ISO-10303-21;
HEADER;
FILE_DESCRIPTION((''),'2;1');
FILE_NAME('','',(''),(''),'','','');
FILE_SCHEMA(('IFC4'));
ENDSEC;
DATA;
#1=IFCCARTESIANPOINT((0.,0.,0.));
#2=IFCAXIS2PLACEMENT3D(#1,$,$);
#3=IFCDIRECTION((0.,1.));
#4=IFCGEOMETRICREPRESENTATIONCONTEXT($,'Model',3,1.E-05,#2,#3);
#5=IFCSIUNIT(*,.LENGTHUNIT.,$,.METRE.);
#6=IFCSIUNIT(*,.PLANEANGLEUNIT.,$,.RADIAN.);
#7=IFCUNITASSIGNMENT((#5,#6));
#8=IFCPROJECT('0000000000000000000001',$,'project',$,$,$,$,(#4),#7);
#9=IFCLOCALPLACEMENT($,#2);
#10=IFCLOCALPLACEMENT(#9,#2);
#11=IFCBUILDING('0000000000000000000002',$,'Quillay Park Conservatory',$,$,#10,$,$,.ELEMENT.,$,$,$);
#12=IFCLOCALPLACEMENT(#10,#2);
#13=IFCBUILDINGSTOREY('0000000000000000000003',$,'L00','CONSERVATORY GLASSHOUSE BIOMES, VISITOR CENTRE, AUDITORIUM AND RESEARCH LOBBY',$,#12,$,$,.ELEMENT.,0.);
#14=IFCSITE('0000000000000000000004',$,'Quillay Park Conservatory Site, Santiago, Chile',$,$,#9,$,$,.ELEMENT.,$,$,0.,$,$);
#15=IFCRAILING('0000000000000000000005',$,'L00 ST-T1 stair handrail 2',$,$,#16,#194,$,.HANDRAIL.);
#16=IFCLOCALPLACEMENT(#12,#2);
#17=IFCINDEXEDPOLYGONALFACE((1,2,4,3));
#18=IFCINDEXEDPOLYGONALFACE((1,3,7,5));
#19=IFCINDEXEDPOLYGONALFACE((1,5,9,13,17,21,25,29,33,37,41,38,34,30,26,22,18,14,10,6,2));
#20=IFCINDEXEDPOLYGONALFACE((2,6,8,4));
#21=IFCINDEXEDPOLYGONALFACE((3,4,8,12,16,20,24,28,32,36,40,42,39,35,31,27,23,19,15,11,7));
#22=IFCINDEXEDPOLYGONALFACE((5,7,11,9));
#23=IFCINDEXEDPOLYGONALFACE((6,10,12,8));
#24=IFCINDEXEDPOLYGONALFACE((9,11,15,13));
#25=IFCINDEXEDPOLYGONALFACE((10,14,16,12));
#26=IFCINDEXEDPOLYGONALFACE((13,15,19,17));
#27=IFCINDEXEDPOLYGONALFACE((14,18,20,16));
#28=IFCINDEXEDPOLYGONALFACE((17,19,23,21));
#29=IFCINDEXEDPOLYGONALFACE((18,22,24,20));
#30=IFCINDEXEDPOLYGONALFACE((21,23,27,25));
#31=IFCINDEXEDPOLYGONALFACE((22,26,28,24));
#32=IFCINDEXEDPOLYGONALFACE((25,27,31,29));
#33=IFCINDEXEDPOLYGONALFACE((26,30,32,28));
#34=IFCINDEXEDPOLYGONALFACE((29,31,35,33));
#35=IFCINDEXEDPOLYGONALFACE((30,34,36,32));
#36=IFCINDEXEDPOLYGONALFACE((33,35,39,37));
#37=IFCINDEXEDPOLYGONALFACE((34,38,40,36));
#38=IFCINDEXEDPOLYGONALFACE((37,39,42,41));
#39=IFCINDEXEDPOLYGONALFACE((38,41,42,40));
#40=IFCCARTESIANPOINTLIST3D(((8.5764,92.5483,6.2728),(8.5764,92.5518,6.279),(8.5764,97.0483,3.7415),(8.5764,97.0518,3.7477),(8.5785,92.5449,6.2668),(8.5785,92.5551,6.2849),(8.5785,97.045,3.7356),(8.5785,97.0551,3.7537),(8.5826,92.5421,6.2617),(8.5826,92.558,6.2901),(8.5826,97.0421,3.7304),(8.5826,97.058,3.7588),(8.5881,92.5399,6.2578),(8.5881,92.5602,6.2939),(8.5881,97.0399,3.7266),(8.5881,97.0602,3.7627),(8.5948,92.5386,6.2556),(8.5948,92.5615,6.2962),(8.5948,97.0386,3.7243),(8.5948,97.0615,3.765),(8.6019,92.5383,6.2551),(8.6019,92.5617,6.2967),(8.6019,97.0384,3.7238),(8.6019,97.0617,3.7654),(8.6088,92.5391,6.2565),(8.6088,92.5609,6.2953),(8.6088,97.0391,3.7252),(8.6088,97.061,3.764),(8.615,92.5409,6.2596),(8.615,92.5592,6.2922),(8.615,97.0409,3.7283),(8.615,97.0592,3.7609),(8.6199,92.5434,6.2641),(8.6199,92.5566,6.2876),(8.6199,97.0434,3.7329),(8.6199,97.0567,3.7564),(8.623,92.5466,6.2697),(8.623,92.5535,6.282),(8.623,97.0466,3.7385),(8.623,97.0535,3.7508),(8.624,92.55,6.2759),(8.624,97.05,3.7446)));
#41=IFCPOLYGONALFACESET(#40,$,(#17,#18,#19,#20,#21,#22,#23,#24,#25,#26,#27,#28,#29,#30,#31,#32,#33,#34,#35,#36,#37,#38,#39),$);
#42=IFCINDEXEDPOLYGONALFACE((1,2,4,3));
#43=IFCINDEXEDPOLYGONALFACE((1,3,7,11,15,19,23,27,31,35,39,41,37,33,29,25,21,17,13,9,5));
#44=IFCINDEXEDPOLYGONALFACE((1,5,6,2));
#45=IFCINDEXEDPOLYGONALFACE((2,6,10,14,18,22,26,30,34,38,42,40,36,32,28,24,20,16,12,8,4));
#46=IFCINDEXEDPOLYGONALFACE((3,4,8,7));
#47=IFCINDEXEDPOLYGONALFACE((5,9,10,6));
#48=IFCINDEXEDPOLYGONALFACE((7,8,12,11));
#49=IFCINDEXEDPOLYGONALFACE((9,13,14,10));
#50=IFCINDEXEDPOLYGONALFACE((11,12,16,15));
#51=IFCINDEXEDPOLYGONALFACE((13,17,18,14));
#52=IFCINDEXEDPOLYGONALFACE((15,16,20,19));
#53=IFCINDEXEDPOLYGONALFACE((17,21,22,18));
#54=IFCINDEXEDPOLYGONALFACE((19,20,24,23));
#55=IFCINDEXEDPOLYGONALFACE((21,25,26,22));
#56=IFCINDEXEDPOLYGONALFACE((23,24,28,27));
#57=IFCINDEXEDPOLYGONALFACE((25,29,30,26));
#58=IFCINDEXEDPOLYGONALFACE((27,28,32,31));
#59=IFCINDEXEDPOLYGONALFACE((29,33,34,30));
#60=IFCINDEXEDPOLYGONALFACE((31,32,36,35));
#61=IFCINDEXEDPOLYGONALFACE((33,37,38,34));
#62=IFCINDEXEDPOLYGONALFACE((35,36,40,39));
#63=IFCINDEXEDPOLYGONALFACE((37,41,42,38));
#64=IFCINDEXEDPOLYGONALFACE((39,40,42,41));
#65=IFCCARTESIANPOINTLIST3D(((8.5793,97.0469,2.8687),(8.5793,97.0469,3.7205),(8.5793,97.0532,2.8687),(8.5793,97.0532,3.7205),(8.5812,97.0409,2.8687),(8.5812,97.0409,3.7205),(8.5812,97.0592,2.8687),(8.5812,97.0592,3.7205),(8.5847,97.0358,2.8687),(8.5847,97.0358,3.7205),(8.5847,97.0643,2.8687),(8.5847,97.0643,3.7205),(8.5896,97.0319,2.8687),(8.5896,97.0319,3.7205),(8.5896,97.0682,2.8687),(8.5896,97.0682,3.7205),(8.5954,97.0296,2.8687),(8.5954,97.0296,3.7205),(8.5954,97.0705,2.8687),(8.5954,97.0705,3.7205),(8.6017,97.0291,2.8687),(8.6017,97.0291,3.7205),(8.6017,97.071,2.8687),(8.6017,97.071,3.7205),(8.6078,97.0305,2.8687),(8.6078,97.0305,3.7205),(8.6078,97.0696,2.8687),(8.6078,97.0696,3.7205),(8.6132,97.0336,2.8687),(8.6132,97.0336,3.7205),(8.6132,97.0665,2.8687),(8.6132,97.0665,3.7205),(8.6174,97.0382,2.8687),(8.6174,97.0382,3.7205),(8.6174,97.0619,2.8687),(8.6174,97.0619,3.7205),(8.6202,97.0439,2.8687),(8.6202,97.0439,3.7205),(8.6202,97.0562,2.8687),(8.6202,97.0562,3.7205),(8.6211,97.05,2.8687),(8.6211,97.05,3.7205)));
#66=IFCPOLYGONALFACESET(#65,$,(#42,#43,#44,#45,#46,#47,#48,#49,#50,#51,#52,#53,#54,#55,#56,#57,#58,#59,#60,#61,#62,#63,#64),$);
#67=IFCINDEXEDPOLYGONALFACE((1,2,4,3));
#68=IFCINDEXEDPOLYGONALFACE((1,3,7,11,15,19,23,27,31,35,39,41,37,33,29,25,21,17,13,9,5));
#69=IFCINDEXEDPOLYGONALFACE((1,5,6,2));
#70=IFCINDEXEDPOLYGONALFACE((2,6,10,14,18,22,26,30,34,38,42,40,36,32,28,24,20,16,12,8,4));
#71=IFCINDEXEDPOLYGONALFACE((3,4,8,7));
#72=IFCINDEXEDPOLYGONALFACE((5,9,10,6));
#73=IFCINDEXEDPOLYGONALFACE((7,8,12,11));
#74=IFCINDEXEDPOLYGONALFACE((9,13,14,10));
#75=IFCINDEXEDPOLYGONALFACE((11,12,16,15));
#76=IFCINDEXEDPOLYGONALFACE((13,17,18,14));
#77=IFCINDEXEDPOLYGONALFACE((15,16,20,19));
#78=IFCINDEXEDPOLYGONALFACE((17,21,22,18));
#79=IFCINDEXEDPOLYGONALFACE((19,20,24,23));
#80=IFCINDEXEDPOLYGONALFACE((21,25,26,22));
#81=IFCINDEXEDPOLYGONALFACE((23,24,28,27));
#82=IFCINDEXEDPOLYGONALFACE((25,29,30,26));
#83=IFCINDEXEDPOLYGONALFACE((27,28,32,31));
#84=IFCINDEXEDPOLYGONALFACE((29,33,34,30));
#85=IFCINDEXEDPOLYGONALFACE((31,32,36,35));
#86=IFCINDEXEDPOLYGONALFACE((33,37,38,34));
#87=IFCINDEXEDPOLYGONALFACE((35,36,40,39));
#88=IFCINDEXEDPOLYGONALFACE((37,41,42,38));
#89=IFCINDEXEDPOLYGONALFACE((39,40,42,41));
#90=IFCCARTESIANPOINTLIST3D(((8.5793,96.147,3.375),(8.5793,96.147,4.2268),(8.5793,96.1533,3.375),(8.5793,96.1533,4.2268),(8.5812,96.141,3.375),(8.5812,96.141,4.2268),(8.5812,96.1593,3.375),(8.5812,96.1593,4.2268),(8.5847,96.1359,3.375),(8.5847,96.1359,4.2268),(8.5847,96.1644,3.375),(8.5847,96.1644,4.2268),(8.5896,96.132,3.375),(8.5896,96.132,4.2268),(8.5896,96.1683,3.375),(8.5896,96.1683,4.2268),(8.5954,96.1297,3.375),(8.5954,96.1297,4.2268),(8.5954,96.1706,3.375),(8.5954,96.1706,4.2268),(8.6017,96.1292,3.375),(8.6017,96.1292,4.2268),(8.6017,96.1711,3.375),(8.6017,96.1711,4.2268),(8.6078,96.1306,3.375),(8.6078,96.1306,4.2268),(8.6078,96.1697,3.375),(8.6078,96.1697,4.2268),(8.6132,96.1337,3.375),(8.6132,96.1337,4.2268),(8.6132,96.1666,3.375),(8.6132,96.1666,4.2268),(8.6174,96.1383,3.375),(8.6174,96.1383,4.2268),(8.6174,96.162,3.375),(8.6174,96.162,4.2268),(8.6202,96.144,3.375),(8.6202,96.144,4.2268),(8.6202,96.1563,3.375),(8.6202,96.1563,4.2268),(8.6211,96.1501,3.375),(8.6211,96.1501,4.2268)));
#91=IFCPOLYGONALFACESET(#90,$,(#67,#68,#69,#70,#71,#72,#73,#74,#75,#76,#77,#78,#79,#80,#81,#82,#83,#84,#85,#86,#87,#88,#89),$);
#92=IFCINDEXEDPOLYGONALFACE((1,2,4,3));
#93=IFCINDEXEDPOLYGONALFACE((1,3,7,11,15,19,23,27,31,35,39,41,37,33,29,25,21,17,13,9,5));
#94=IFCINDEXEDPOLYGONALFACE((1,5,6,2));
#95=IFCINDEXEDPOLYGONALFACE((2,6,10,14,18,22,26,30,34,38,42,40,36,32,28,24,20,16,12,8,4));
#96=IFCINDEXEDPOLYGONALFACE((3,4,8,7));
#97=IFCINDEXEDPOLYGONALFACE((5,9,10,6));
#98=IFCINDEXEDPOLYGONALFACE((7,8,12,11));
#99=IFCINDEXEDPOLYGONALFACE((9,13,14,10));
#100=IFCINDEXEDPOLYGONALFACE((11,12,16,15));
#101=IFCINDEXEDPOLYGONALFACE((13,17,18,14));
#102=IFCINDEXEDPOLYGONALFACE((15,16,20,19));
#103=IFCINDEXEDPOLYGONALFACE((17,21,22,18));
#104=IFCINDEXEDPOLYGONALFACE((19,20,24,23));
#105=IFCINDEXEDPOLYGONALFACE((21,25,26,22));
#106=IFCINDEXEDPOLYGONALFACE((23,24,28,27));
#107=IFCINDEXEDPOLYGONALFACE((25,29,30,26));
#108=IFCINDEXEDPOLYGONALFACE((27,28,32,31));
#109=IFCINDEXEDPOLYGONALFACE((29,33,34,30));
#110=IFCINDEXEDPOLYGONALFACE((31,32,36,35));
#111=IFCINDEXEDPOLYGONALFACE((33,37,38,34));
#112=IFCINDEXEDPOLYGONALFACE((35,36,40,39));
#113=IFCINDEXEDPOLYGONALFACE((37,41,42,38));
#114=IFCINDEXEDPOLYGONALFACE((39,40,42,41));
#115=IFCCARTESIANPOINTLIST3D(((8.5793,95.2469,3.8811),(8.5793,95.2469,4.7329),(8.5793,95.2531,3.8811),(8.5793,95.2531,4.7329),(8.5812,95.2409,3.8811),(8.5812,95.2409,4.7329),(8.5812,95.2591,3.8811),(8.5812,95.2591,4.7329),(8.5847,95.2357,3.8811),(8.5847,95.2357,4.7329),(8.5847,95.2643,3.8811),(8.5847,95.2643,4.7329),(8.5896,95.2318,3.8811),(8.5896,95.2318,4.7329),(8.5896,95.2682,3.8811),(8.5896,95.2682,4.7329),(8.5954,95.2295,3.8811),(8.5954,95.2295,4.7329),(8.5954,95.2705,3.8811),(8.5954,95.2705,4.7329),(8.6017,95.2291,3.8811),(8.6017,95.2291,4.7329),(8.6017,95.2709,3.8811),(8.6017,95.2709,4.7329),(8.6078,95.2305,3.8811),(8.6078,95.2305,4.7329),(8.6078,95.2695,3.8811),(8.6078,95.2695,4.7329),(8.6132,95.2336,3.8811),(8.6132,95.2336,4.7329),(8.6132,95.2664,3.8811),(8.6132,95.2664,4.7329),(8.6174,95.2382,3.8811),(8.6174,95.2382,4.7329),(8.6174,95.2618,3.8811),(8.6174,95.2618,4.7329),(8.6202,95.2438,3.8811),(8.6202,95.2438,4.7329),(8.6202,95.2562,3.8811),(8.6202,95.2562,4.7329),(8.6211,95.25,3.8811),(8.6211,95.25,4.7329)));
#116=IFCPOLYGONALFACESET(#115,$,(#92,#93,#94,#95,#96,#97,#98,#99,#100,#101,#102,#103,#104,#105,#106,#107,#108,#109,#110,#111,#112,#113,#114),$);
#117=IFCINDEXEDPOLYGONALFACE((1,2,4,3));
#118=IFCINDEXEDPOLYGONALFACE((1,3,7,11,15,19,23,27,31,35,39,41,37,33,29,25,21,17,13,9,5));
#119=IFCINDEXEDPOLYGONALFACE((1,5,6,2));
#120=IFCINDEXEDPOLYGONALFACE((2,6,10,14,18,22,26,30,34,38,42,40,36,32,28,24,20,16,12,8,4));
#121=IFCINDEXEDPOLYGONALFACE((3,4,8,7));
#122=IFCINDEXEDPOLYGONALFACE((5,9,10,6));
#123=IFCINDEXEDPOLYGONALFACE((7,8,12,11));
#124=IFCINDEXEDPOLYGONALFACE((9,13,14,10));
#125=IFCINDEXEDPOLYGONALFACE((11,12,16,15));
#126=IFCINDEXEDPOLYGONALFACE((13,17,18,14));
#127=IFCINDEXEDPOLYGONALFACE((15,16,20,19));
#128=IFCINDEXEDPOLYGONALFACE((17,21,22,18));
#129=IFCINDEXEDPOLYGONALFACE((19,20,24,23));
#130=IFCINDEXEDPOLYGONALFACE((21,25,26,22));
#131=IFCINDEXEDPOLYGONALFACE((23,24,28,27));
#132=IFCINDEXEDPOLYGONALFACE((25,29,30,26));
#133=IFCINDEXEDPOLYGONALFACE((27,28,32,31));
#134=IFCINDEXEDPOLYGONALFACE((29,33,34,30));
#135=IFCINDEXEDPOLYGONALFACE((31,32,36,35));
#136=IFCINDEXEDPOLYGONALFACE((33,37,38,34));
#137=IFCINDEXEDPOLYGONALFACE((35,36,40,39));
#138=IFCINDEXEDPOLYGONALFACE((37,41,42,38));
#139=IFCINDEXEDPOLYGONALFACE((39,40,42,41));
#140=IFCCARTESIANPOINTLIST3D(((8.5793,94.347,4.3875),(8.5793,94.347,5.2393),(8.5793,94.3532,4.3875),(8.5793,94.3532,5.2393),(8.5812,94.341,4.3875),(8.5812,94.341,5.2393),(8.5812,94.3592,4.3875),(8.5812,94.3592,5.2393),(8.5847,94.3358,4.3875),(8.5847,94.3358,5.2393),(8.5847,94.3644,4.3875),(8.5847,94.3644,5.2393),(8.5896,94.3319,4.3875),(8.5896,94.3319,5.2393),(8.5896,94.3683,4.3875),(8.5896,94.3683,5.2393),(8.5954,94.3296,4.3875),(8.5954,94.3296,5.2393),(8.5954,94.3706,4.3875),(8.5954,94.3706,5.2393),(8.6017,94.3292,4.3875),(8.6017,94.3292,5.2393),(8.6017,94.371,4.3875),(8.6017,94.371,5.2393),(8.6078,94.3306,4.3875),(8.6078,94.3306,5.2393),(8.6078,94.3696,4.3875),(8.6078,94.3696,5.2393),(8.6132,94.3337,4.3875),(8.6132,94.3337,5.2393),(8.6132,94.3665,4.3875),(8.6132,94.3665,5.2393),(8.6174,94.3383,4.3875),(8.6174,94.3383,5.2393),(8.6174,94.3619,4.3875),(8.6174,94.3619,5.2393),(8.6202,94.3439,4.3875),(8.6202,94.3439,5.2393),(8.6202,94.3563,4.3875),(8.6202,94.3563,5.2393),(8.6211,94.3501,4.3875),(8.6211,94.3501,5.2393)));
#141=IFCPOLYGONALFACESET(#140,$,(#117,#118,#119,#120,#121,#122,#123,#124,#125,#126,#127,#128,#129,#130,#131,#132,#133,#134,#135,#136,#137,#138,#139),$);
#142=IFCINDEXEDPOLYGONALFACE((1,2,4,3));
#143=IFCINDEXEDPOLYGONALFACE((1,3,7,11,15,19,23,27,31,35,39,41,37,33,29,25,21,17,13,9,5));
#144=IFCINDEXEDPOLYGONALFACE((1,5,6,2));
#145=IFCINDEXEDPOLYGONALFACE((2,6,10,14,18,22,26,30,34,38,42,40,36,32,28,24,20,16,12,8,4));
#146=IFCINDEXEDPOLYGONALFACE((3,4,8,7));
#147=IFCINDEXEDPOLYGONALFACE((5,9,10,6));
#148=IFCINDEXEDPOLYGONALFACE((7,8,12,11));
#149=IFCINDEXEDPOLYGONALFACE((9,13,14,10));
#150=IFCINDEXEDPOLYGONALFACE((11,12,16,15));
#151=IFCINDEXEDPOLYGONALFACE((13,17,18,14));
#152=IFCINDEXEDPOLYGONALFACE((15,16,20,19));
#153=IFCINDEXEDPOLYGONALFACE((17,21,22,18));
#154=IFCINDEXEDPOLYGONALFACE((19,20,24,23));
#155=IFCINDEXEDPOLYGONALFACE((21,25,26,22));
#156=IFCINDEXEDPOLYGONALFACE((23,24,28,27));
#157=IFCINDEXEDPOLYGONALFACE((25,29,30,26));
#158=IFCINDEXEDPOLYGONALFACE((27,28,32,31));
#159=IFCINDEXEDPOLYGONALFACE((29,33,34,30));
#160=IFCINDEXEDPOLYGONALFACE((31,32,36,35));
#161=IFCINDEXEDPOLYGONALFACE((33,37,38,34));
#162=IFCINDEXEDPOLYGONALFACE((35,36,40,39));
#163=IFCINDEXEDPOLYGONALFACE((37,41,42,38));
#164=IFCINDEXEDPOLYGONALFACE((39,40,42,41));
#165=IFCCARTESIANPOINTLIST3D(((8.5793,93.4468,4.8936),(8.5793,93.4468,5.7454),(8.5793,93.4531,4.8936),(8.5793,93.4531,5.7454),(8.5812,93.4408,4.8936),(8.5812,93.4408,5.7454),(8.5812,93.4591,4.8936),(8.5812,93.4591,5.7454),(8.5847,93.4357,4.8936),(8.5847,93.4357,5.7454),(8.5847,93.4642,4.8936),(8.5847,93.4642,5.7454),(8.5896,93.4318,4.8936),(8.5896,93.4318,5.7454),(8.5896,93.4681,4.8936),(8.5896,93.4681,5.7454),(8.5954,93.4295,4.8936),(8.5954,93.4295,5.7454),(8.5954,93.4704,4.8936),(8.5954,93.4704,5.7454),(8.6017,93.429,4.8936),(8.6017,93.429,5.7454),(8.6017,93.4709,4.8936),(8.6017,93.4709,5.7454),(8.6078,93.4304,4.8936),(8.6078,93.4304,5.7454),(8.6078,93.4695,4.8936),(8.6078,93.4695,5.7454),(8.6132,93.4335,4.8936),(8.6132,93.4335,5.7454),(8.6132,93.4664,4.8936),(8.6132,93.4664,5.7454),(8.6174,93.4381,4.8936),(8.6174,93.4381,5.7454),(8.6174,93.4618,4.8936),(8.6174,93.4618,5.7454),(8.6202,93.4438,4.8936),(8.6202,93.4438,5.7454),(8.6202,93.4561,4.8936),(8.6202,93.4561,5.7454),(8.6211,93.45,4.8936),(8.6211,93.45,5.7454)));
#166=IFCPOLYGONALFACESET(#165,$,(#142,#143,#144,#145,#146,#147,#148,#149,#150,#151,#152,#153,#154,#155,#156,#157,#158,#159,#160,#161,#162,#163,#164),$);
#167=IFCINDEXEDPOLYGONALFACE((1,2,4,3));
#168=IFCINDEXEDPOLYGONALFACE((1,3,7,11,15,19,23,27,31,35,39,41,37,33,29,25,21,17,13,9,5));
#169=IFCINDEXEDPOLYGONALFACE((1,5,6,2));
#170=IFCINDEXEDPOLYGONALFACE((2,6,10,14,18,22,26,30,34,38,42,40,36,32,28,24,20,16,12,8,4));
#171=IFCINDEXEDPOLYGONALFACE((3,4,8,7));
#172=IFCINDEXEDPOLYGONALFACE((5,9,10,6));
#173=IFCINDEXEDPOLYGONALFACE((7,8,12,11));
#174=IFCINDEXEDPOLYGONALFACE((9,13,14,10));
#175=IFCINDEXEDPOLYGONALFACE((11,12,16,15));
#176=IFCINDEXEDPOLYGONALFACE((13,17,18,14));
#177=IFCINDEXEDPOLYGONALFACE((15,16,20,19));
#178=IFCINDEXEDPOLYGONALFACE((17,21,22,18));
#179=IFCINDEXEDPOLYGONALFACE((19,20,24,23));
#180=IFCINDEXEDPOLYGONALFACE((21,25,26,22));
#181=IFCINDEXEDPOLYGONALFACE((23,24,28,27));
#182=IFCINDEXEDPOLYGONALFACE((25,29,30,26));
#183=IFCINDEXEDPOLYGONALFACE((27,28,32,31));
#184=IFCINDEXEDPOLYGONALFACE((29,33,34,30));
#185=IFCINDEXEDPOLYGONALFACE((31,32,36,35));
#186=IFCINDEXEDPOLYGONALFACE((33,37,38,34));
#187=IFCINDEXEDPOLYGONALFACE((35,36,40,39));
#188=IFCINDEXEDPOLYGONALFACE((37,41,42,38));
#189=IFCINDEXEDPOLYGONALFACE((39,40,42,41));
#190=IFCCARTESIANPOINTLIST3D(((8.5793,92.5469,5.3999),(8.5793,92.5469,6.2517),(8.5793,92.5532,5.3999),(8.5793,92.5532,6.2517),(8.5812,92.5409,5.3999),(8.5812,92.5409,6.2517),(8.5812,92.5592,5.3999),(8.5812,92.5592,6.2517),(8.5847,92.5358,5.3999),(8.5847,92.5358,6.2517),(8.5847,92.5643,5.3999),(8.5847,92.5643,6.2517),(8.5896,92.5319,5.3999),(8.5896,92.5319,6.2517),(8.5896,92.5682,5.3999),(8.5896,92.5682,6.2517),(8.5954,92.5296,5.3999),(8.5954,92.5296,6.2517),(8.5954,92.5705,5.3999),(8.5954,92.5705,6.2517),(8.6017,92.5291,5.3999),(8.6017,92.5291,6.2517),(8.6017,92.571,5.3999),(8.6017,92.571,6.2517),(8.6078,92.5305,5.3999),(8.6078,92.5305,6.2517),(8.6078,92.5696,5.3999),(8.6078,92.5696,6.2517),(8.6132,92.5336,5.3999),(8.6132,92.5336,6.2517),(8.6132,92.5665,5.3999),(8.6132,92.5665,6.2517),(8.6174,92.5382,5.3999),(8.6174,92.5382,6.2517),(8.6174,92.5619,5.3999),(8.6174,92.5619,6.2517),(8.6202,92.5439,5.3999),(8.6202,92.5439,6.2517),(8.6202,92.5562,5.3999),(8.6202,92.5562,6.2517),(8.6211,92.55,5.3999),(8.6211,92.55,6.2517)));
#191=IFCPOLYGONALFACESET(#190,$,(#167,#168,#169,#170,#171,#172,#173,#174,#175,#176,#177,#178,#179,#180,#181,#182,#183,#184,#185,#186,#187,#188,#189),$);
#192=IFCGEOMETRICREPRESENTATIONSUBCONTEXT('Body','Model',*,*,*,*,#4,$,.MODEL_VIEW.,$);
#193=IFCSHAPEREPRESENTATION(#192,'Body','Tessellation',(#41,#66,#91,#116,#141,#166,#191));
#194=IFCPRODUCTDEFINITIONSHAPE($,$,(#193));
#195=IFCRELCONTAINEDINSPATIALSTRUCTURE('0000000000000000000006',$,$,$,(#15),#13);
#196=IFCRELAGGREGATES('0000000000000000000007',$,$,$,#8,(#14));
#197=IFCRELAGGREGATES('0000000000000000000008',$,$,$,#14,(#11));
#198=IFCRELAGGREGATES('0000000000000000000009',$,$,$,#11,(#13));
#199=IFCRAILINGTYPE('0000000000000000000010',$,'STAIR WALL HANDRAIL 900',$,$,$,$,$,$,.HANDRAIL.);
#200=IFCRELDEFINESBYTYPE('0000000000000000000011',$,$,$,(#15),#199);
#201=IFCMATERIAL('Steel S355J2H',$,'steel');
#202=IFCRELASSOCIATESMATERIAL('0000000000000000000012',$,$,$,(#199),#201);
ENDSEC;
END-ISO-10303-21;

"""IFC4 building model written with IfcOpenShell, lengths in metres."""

from ifc_helpers import new_model, si_unit, direction, frame, origin, origin_2d, place, context, subcontext, project, spatial, circle, extrude, material, type_object, element, save


model = new_model("IFC4")

# Units and contexts
model_context = context("Model", 3, precision=1e-05, world=origin(), true_north=direction((0.0, 1.0)))
body_context = subcontext(model_context, "Body", "Model", "MODEL_VIEW")
ifc_project = project(units=[si_unit("LENGTHUNIT", "METRE"), si_unit("PLANEANGLEUNIT", "RADIAN")], contexts=[model_context])

# Site, building, storey
site_placement = place(None, origin())
site = spatial("IfcSite", under=ifc_project, at=site_placement, Name="Quillay Park Conservatory Site, Santiago, Chile", CompositionType="ELEMENT", RefElevation=0.0)
building_placement = place(site_placement, origin())
building = spatial("IfcBuilding", under=site, at=building_placement, Name="Quillay Park Conservatory", CompositionType="ELEMENT")
storey_placement = place(building_placement, origin())
storey = spatial("IfcBuildingStorey", under=building, at=storey_placement, Name="L00", Description="CONSERVATORY GLASSHOUSE BIOMES, VISITOR CENTRE, AUDITORIUM AND RESEARCH LOBBY", CompositionType="ELEMENT", Elevation=0.0)

# Railing
ifc_material_1 = material(Name="Steel S355J2H", Category="steel")
railing_type_1 = type_object("IfcRailingType", Name="STAIR WALL HANDRAIL 900", PredefinedType="HANDRAIL", material=ifc_material_1)
railing_1_placement = place(storey_placement, frame((8.6001, 97.05, 2.8687)))
element("IfcRailing", 1, at=railing_1_placement, inside=storey, type_object=railing_type_1, Name="L00 ST-T1 stair handrail 2", PredefinedType="HANDRAIL", context=body_context, shape_type="SweptSolid", body=[
    extrude(circle(Radius=0.0239, at=origin_2d()), frame((0.0, 0.0, 0.876), z_axis=(0.0, -0.871576, 0.490261), x_axis=(1.0, 0.0, 0.0)), (0.0, 0.0, 1.0), 5.1631),
    extrude(circle(Radius=0.021, at=origin_2d()), origin(), (0.0, 0.0, 1.0), 0.8518),
    extrude(circle(Radius=0.021, at=origin_2d()), frame((0.0, -0.8999, 0.5063)), (0.0, 0.0, 1.0), 0.8518),
    extrude(circle(Radius=0.021, at=origin_2d()), frame((0.0, -1.8, 1.0125)), (0.0, 0.0, 1.0), 0.8518),
    extrude(circle(Radius=0.021, at=origin_2d()), frame((0.0, -2.7, 1.5188)), (0.0, 0.0, 1.0), 0.8518),
    extrude(circle(Radius=0.021, at=origin_2d()), frame((0.0, -3.6001, 2.0249)), (0.0, 0.0, 1.0), 0.8518),
    extrude(circle(Radius=0.021, at=origin_2d()), frame((0.0, -4.5, 2.5312)), (0.0, 0.0, 1.0), 0.8518),
])

save(model, "model.ifc")
